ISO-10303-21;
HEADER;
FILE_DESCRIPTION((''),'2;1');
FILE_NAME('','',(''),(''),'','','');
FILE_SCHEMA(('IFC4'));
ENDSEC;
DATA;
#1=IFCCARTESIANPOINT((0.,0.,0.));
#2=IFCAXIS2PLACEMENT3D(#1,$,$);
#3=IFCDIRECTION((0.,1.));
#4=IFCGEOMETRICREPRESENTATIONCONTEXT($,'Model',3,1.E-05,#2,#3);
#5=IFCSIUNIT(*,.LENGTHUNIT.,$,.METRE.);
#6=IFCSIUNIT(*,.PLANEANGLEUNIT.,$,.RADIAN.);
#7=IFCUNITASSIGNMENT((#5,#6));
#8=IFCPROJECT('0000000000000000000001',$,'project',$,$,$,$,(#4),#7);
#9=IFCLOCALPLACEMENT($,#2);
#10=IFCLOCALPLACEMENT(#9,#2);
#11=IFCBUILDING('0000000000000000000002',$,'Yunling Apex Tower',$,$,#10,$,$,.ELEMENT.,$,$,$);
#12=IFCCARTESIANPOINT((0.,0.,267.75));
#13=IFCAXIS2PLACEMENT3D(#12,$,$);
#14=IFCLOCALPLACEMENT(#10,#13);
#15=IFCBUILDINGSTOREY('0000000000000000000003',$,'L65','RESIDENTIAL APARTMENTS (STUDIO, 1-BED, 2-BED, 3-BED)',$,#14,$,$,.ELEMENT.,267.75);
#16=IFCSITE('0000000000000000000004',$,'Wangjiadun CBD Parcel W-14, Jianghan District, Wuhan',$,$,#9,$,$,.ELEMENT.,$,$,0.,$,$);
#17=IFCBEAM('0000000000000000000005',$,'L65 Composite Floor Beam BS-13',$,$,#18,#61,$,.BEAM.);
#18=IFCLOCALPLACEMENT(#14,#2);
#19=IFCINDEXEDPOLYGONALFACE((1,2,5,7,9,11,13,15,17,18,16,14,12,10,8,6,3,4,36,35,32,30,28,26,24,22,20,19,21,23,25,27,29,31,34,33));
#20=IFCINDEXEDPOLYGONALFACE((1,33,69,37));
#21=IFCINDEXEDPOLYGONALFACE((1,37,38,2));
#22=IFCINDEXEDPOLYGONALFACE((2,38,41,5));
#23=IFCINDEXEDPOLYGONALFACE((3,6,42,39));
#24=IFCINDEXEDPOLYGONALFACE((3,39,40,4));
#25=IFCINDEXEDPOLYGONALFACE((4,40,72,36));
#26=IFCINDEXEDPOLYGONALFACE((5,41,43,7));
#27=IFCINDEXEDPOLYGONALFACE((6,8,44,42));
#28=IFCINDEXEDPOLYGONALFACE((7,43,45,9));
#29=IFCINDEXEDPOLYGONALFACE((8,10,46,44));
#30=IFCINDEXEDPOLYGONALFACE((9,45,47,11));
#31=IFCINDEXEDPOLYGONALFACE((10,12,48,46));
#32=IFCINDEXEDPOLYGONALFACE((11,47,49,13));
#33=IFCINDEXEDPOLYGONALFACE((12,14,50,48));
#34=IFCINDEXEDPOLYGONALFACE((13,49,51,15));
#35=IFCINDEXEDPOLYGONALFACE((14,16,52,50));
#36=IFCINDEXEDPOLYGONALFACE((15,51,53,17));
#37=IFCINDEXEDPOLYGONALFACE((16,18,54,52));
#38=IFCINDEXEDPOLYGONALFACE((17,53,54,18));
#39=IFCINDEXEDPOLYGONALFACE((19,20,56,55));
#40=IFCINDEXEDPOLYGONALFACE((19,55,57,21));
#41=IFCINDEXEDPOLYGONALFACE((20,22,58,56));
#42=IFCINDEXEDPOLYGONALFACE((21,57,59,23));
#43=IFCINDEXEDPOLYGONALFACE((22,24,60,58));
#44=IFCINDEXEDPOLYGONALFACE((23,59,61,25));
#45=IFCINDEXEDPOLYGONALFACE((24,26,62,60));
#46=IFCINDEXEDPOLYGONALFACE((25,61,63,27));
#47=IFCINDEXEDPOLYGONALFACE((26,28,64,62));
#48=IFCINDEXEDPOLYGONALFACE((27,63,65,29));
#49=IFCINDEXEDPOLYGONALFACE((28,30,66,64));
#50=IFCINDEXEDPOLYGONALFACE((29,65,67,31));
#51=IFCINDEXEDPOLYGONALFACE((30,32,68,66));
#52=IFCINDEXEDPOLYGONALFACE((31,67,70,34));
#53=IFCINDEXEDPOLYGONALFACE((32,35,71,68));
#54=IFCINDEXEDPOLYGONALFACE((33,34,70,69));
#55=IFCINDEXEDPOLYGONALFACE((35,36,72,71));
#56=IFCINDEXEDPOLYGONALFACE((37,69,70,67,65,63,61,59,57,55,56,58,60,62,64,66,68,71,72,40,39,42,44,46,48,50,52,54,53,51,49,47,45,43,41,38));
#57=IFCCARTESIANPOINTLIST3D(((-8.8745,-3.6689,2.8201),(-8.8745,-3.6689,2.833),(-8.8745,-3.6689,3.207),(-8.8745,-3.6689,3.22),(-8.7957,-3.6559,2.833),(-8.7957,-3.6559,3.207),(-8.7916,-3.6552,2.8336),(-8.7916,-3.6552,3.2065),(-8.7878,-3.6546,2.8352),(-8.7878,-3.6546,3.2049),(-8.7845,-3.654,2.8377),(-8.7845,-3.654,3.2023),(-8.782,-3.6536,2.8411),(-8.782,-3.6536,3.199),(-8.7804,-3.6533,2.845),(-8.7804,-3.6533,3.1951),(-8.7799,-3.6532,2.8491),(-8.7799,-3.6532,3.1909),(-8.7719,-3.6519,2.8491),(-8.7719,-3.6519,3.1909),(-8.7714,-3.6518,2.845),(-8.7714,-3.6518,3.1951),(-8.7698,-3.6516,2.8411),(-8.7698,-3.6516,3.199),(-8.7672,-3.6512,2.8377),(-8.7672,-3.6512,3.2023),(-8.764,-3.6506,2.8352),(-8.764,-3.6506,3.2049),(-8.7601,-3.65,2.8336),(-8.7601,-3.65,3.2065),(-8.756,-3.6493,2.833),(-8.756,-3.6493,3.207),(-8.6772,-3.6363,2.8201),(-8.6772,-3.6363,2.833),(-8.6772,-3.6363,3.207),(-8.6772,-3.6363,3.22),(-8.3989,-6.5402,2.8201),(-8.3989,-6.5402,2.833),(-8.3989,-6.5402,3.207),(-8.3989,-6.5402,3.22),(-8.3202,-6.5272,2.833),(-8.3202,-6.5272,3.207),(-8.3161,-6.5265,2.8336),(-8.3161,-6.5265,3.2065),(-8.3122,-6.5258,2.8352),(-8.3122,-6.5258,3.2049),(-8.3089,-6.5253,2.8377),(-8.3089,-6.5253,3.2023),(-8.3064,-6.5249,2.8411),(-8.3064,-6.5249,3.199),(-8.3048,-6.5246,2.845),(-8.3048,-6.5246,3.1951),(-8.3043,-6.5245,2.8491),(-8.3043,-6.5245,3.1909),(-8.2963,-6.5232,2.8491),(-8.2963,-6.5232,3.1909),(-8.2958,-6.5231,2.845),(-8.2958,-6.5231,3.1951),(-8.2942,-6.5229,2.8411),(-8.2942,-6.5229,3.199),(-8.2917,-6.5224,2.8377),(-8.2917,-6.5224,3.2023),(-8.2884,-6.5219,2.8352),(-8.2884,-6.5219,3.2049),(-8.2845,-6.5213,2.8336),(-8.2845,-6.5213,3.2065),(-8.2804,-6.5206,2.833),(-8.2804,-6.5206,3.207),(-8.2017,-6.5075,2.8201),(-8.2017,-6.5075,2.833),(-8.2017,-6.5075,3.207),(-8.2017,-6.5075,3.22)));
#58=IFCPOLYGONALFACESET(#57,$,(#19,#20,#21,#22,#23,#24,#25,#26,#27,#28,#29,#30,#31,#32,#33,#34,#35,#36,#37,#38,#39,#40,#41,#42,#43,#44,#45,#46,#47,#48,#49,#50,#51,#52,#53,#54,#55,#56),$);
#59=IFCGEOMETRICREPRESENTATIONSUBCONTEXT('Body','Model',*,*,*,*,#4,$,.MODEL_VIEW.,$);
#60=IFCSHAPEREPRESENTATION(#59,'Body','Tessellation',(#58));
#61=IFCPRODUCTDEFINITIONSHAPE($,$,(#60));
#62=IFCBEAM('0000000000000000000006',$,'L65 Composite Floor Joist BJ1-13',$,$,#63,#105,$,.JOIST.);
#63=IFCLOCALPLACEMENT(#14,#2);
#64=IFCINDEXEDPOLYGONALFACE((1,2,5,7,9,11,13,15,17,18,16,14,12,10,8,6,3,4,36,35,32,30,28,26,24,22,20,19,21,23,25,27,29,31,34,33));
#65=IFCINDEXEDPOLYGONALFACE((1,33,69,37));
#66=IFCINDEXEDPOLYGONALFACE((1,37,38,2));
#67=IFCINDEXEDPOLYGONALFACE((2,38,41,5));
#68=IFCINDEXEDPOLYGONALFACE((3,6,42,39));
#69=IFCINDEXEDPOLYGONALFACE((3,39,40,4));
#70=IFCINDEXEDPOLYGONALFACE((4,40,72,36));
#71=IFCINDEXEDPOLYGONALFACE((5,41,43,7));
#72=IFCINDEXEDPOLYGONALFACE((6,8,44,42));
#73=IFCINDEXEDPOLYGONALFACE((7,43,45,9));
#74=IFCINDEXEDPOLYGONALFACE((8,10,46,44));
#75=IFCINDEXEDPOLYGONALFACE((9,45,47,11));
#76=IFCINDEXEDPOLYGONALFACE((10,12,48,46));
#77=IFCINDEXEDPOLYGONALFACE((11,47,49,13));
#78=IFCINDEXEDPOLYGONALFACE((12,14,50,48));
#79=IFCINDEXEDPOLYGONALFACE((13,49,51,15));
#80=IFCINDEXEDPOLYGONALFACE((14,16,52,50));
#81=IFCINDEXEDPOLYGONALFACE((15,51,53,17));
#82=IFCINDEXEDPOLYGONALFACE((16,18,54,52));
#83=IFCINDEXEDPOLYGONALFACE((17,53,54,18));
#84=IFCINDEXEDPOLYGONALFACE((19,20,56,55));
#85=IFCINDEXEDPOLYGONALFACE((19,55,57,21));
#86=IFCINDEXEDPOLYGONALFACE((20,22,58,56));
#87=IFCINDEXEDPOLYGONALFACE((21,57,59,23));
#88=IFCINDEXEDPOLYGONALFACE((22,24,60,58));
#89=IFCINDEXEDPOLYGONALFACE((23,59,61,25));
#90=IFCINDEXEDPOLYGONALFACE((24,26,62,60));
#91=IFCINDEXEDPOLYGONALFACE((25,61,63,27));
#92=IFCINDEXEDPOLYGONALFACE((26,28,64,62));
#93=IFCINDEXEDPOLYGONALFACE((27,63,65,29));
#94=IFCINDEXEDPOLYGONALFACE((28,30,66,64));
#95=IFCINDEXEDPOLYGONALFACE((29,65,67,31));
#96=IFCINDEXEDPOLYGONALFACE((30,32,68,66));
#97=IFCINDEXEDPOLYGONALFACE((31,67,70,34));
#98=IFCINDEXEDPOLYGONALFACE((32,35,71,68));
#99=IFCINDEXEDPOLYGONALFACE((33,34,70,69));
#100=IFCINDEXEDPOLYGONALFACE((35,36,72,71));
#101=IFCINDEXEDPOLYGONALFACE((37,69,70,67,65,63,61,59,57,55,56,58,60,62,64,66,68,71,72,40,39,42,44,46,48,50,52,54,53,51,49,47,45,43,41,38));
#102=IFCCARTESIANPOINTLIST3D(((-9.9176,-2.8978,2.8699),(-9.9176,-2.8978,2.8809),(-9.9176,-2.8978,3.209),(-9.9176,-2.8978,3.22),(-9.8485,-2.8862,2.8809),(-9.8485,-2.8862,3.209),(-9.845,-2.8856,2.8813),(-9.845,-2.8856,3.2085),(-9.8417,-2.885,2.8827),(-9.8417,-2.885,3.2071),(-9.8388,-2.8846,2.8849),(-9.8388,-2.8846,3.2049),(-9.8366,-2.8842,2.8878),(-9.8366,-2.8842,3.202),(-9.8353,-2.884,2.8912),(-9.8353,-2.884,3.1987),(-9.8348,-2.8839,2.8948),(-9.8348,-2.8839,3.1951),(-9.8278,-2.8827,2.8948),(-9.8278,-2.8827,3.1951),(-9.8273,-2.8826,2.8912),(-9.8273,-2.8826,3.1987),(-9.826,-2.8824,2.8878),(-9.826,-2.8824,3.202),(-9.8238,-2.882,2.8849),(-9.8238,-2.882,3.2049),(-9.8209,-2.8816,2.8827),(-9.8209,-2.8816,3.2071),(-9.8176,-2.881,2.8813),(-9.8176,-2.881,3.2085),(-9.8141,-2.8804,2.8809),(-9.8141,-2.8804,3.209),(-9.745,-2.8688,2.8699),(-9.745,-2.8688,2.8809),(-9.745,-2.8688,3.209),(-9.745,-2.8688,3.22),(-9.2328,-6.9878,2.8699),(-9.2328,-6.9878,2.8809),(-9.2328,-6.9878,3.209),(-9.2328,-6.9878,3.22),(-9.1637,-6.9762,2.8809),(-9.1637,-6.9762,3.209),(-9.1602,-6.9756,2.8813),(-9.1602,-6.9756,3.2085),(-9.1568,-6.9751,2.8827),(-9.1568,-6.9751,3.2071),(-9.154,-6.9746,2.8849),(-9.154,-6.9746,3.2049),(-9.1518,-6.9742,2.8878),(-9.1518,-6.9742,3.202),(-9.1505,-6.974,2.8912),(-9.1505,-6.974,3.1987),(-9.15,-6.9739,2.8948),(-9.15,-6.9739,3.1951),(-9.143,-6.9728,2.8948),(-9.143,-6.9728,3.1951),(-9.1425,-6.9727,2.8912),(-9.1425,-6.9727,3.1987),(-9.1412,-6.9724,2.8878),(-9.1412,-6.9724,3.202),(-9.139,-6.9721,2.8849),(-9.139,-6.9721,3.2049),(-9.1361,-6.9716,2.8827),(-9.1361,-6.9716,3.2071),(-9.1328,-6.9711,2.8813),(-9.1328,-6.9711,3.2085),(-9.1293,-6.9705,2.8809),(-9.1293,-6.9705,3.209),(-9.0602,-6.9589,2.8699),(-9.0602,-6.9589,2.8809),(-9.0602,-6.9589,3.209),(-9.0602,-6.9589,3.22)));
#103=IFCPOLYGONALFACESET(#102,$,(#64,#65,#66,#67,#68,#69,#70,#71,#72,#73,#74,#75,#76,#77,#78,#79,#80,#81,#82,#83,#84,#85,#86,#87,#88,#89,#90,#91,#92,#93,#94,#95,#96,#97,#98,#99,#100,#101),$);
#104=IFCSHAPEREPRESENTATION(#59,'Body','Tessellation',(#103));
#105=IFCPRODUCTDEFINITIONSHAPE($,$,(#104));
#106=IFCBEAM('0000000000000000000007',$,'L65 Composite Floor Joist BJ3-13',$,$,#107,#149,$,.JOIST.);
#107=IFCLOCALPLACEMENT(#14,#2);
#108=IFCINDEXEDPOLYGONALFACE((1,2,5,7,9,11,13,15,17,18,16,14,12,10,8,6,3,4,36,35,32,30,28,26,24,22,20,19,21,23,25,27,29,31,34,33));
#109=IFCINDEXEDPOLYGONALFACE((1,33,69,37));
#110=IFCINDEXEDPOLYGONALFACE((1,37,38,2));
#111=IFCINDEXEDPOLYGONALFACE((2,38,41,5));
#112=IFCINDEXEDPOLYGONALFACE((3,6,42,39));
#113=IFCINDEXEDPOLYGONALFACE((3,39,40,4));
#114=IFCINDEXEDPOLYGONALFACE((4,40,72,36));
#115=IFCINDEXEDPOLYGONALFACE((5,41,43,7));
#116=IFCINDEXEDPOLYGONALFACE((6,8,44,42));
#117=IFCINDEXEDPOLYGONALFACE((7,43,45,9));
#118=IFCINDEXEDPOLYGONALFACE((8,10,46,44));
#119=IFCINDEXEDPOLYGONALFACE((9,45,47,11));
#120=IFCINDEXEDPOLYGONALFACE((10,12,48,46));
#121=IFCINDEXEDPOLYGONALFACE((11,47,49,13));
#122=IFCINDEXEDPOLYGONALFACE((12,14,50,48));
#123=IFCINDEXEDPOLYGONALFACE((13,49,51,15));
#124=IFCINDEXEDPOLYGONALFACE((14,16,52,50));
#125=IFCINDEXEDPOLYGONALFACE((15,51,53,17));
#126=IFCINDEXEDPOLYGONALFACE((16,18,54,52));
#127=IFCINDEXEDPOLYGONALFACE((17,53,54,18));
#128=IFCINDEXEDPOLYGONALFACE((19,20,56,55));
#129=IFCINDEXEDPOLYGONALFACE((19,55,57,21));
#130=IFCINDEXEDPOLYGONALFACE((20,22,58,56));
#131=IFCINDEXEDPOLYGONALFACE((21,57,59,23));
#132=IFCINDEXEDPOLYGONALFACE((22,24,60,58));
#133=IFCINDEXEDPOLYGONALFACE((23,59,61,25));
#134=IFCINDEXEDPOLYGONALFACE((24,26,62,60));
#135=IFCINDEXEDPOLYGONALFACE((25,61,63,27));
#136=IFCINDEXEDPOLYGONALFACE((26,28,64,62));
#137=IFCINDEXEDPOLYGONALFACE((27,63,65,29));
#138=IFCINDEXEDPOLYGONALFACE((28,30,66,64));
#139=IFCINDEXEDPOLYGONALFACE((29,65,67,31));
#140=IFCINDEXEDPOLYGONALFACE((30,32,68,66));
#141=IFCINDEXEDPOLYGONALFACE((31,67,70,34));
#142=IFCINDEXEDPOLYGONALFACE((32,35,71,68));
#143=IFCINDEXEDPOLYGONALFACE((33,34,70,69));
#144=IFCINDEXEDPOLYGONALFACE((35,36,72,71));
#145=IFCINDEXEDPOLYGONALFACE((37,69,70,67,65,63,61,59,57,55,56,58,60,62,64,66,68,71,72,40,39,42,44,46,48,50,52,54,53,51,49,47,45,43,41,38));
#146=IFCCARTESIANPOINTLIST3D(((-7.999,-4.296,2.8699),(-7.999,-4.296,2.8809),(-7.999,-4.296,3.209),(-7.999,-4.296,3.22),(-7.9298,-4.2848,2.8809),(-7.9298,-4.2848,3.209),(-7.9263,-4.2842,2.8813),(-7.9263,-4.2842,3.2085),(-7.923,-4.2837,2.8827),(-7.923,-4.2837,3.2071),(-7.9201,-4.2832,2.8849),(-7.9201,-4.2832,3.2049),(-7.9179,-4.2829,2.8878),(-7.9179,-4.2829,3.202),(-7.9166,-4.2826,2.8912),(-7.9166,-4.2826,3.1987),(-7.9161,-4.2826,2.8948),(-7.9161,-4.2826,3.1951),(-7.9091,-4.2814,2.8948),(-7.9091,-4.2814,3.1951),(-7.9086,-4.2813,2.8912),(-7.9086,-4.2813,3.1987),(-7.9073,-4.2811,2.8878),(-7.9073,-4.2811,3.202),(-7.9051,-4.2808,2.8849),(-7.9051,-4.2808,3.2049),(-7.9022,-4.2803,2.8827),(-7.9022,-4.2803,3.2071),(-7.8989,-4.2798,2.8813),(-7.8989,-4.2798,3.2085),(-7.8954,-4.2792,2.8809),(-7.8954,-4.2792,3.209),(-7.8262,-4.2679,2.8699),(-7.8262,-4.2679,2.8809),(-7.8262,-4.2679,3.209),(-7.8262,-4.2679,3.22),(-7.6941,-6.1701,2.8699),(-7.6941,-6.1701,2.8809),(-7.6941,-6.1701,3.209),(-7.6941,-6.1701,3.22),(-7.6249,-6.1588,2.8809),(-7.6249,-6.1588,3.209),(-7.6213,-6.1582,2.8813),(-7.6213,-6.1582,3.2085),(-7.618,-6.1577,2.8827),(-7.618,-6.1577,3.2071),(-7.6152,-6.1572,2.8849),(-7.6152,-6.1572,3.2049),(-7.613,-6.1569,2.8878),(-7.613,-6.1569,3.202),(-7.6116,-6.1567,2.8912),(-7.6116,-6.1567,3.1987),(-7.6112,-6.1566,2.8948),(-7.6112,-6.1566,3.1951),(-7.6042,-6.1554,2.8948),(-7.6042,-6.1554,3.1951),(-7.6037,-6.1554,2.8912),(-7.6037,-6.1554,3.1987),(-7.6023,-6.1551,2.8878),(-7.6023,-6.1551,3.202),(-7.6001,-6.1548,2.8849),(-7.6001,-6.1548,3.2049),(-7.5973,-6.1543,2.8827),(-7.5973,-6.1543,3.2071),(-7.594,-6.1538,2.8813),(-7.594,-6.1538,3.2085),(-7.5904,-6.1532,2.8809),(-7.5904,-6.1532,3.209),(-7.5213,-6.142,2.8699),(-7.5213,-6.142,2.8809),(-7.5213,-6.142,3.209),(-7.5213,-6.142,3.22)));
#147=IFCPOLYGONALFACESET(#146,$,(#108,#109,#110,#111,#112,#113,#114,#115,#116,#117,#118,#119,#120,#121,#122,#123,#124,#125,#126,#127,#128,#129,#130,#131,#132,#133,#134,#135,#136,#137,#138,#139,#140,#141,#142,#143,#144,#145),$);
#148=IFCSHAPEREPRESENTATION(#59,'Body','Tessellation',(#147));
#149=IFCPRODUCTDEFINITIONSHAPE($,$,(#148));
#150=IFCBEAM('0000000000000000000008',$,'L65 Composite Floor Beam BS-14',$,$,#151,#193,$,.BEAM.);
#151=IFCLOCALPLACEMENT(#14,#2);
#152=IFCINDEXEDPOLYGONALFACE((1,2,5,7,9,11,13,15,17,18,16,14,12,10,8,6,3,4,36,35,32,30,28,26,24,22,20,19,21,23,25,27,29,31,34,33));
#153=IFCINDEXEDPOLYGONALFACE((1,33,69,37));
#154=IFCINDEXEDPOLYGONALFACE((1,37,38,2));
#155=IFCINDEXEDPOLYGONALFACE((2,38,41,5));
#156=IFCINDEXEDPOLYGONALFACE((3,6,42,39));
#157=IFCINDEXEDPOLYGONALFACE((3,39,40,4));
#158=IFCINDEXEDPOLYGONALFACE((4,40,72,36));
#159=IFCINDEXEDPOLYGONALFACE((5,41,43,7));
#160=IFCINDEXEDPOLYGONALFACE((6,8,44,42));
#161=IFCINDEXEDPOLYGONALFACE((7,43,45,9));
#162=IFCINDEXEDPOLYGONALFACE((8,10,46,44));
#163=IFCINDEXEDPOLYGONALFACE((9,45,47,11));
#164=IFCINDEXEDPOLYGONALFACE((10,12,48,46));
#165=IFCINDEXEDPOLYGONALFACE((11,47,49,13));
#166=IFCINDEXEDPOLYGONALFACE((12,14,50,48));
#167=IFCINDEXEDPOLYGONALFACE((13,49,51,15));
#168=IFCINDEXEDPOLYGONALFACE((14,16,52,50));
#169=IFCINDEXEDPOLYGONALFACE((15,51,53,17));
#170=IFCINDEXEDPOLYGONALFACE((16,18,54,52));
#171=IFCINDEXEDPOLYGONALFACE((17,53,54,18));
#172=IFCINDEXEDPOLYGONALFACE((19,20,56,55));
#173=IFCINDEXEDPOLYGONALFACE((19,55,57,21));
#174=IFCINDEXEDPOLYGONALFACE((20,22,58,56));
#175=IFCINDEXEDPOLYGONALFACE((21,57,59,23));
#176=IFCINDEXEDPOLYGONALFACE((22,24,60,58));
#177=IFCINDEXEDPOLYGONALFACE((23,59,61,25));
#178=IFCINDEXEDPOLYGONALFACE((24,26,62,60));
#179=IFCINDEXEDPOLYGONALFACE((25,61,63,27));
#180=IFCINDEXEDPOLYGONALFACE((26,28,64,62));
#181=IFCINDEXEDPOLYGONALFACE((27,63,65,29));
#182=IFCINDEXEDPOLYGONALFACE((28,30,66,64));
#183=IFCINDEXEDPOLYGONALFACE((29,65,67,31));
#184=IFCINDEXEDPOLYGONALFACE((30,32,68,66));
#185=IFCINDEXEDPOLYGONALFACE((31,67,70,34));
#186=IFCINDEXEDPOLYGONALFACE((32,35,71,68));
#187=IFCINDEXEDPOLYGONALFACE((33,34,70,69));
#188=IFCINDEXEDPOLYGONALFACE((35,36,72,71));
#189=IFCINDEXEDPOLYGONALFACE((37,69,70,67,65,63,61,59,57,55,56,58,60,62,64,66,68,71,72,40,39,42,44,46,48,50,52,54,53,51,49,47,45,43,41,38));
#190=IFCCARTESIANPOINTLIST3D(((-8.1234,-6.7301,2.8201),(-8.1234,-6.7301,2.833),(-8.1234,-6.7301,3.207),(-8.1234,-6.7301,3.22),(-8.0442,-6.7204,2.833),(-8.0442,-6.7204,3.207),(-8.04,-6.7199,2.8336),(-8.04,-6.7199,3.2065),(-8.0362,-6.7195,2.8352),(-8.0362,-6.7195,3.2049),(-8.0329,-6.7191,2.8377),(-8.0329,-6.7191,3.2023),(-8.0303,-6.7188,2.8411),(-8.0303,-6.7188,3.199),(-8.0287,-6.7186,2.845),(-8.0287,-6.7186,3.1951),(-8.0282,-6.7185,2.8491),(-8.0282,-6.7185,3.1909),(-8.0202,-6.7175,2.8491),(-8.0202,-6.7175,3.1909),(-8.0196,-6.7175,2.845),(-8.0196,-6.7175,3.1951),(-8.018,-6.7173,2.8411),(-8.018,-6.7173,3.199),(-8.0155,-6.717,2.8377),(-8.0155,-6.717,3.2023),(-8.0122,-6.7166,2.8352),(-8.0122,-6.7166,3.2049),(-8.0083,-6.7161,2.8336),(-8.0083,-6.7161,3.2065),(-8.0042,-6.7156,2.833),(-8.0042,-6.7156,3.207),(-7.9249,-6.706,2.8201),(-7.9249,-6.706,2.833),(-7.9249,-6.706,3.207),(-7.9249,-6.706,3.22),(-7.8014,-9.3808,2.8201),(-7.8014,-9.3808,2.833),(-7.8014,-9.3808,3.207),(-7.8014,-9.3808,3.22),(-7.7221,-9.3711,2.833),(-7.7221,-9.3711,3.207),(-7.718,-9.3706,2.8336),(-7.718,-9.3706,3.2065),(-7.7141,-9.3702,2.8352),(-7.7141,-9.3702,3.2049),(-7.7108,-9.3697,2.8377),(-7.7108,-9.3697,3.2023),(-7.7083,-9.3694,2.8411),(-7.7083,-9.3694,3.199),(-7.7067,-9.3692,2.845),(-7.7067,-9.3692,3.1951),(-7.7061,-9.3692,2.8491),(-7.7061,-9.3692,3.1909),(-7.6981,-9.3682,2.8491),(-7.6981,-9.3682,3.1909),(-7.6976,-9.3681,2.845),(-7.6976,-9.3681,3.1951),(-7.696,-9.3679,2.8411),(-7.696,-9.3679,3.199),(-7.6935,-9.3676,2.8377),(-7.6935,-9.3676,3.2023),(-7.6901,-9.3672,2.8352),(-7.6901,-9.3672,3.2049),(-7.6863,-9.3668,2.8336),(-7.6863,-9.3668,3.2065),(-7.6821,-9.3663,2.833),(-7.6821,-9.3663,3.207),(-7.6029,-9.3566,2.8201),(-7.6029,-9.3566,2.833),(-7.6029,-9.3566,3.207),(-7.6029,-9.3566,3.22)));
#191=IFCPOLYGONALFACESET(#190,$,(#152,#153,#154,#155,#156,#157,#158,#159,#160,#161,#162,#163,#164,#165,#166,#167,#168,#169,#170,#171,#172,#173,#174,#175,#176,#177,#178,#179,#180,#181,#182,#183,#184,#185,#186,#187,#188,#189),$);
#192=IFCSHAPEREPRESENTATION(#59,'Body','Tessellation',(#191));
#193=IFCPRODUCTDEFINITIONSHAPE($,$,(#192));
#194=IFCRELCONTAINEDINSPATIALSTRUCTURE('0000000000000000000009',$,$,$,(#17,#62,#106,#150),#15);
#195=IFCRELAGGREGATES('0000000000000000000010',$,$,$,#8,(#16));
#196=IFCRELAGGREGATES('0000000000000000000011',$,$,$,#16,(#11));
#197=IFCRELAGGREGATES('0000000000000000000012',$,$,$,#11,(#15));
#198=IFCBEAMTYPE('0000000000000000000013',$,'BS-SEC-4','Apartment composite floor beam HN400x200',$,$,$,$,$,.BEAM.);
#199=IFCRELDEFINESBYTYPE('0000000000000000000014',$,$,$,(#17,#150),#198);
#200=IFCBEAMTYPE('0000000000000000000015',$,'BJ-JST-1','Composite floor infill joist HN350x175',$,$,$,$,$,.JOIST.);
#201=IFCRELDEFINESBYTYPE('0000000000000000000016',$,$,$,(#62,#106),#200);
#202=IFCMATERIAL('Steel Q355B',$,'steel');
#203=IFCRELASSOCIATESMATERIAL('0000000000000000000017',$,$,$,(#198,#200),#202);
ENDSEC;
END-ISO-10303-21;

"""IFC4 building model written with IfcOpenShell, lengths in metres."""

from ifc_helpers import new_model, si_unit, direction, frame, origin, origin_2d, place, context, subcontext, project, spatial, i_section, extrude, source, transform, mapped, material, material_profile, profile_set, type_object, element, save


model = new_model("IFC4")

# Units and contexts
model_context = context("Model", 3, precision=1e-05, world=origin(), true_north=direction((0.0, 1.0)))
body_context = subcontext(model_context, "Body", "Model", "MODEL_VIEW")
ifc_project = project(units=[si_unit("LENGTHUNIT", "METRE"), si_unit("PLANEANGLEUNIT", "RADIAN")], contexts=[model_context])

# Site, building, storey
site_placement = place(None, origin())
site = spatial("IfcSite", under=ifc_project, at=site_placement, Name="Wangjiadun CBD Parcel W-14, Jianghan District, Wuhan", CompositionType="ELEMENT", RefElevation=0.0)
building_placement = place(site_placement, origin())
building = spatial("IfcBuilding", under=site, at=building_placement, Name="Yunling Apex Tower", CompositionType="ELEMENT")
storey_placement = place(building_placement, frame((0.0, 0.0, 267.75)))
storey = spatial("IfcBuildingStorey", under=building, at=storey_placement, Name="L65", Description="RESIDENTIAL APARTMENTS (STUDIO, 1-BED, 2-BED, 3-BED)", CompositionType="ELEMENT", Elevation=267.75)

# Shared definitions
ifc_material_1 = material(Name="Steel Q355B", Category="steel")

# Beams
ifc_material_profile_1 = material_profile(ifc_material_1, i_section(OverallWidth=0.2, OverallDepth=0.3999, WebThickness=0.0081, FlangeThickness=0.0129, FilletRadius=0.0161, at=origin_2d()))
ifc_profile_set_1 = profile_set([ifc_material_profile_1], Name="Steel Q355B")
beam_type_1 = type_object("IfcBeamType", Name="BS-SEC-4", Description="Apartment composite floor beam HN400x200", PredefinedType="BEAM", material=ifc_profile_set_1)
shared_shape_1 = source(origin(), body_context, "Body", "SweptSolid", [
    extrude(i_section(OverallWidth=0.2, OverallDepth=0.3999, WebThickness=0.0081, FlangeThickness=0.0129, FilletRadius=0.0161, at=origin_2d()), origin(), (0.0, 0.0, 1.0), 2.9104),
])
beam_1_placement = place(storey_placement, frame((-8.7759, -3.6526, 3.02), z_axis=(0.163406, -0.986559, 0.0), x_axis=(0.986559, 0.163406, 0.0)))
element("IfcBeam", 1, at=beam_1_placement, inside=storey, type_object=beam_type_1, Name="L65 Composite Floor Beam BS-13", PredefinedType="BEAM", context=body_context, shape_type="MappedRepresentation", body=[
    mapped(shared_shape_1, transform((0.0, 0.0, 0.0), scale=1.0)),
])
ifc_material_profile_2 = material_profile(ifc_material_1, i_section(OverallWidth=0.175, OverallDepth=0.3501, WebThickness=0.0071, FlangeThickness=0.011, FilletRadius=0.0139, at=origin_2d()))
ifc_profile_set_2 = profile_set([ifc_material_profile_2], Name="Steel Q355B")
beam_type_2 = type_object("IfcBeamType", Name="BJ-JST-1", Description="Composite floor infill joist HN350x175", PredefinedType="JOIST", material=ifc_profile_set_2)
shared_shape_2 = source(origin(), body_context, "Body", "SweptSolid", [
    extrude(i_section(OverallWidth=0.175, OverallDepth=0.3501, WebThickness=0.0071, FlangeThickness=0.011, FilletRadius=0.0139, at=origin_2d()), origin(), (0.0, 0.0, 1.0), 4.147),
])
beam_2_placement = place(storey_placement, frame((-9.8313, -2.8833, 3.0449), z_axis=(0.165134, -0.986271, 0.0), x_axis=(0.986271, 0.165134, 0.0)))
element("IfcBeam", 2, at=beam_2_placement, inside=storey, type_object=beam_type_2, Name="L65 Composite Floor Joist BJ1-13", PredefinedType="JOIST", context=body_context, shape_type="MappedRepresentation", body=[
    mapped(shared_shape_2, transform((0.0, 0.0, 0.0), scale=1.0)),
])
shared_shape_3 = source(origin(), body_context, "Body", "SweptSolid", [
    extrude(i_section(OverallWidth=0.175, OverallDepth=0.3501, WebThickness=0.0071, FlangeThickness=0.011, FilletRadius=0.0139, at=origin_2d()), origin(), (0.0, 0.0, 1.0), 1.8987),
])
beam_3_placement = place(storey_placement, frame((-7.9126, -4.282, 3.0449), z_axis=(0.160603, -0.987019, 0.0), x_axis=(0.987019, 0.160603, 0.0)))
element("IfcBeam", 3, at=beam_3_placement, inside=storey, type_object=beam_type_2, Name="L65 Composite Floor Joist BJ3-13", PredefinedType="JOIST", context=body_context, shape_type="MappedRepresentation", body=[
    mapped(shared_shape_3, transform((0.0, 0.0, 0.0), scale=1.0)),
])
shared_shape_4 = source(origin(), body_context, "Body", "SweptSolid", [
    extrude(i_section(OverallWidth=0.2, OverallDepth=0.3999, WebThickness=0.0081, FlangeThickness=0.0129, FilletRadius=0.0161, at=origin_2d()), origin(), (0.0, 0.0, 1.0), 2.6702),
])
beam_4_placement = place(storey_placement, frame((-8.0242, -6.718, 3.02), z_axis=(0.120602, -0.992701, 0.0), x_axis=(0.992701, 0.120602, 0.0)))
element("IfcBeam", 4, at=beam_4_placement, inside=storey, type_object=beam_type_1, Name="L65 Composite Floor Beam BS-14", PredefinedType="BEAM", context=body_context, shape_type="MappedRepresentation", body=[
    mapped(shared_shape_4, transform((0.0, 0.0, 0.0), scale=1.0)),
])

save(model, "model.ifc")
